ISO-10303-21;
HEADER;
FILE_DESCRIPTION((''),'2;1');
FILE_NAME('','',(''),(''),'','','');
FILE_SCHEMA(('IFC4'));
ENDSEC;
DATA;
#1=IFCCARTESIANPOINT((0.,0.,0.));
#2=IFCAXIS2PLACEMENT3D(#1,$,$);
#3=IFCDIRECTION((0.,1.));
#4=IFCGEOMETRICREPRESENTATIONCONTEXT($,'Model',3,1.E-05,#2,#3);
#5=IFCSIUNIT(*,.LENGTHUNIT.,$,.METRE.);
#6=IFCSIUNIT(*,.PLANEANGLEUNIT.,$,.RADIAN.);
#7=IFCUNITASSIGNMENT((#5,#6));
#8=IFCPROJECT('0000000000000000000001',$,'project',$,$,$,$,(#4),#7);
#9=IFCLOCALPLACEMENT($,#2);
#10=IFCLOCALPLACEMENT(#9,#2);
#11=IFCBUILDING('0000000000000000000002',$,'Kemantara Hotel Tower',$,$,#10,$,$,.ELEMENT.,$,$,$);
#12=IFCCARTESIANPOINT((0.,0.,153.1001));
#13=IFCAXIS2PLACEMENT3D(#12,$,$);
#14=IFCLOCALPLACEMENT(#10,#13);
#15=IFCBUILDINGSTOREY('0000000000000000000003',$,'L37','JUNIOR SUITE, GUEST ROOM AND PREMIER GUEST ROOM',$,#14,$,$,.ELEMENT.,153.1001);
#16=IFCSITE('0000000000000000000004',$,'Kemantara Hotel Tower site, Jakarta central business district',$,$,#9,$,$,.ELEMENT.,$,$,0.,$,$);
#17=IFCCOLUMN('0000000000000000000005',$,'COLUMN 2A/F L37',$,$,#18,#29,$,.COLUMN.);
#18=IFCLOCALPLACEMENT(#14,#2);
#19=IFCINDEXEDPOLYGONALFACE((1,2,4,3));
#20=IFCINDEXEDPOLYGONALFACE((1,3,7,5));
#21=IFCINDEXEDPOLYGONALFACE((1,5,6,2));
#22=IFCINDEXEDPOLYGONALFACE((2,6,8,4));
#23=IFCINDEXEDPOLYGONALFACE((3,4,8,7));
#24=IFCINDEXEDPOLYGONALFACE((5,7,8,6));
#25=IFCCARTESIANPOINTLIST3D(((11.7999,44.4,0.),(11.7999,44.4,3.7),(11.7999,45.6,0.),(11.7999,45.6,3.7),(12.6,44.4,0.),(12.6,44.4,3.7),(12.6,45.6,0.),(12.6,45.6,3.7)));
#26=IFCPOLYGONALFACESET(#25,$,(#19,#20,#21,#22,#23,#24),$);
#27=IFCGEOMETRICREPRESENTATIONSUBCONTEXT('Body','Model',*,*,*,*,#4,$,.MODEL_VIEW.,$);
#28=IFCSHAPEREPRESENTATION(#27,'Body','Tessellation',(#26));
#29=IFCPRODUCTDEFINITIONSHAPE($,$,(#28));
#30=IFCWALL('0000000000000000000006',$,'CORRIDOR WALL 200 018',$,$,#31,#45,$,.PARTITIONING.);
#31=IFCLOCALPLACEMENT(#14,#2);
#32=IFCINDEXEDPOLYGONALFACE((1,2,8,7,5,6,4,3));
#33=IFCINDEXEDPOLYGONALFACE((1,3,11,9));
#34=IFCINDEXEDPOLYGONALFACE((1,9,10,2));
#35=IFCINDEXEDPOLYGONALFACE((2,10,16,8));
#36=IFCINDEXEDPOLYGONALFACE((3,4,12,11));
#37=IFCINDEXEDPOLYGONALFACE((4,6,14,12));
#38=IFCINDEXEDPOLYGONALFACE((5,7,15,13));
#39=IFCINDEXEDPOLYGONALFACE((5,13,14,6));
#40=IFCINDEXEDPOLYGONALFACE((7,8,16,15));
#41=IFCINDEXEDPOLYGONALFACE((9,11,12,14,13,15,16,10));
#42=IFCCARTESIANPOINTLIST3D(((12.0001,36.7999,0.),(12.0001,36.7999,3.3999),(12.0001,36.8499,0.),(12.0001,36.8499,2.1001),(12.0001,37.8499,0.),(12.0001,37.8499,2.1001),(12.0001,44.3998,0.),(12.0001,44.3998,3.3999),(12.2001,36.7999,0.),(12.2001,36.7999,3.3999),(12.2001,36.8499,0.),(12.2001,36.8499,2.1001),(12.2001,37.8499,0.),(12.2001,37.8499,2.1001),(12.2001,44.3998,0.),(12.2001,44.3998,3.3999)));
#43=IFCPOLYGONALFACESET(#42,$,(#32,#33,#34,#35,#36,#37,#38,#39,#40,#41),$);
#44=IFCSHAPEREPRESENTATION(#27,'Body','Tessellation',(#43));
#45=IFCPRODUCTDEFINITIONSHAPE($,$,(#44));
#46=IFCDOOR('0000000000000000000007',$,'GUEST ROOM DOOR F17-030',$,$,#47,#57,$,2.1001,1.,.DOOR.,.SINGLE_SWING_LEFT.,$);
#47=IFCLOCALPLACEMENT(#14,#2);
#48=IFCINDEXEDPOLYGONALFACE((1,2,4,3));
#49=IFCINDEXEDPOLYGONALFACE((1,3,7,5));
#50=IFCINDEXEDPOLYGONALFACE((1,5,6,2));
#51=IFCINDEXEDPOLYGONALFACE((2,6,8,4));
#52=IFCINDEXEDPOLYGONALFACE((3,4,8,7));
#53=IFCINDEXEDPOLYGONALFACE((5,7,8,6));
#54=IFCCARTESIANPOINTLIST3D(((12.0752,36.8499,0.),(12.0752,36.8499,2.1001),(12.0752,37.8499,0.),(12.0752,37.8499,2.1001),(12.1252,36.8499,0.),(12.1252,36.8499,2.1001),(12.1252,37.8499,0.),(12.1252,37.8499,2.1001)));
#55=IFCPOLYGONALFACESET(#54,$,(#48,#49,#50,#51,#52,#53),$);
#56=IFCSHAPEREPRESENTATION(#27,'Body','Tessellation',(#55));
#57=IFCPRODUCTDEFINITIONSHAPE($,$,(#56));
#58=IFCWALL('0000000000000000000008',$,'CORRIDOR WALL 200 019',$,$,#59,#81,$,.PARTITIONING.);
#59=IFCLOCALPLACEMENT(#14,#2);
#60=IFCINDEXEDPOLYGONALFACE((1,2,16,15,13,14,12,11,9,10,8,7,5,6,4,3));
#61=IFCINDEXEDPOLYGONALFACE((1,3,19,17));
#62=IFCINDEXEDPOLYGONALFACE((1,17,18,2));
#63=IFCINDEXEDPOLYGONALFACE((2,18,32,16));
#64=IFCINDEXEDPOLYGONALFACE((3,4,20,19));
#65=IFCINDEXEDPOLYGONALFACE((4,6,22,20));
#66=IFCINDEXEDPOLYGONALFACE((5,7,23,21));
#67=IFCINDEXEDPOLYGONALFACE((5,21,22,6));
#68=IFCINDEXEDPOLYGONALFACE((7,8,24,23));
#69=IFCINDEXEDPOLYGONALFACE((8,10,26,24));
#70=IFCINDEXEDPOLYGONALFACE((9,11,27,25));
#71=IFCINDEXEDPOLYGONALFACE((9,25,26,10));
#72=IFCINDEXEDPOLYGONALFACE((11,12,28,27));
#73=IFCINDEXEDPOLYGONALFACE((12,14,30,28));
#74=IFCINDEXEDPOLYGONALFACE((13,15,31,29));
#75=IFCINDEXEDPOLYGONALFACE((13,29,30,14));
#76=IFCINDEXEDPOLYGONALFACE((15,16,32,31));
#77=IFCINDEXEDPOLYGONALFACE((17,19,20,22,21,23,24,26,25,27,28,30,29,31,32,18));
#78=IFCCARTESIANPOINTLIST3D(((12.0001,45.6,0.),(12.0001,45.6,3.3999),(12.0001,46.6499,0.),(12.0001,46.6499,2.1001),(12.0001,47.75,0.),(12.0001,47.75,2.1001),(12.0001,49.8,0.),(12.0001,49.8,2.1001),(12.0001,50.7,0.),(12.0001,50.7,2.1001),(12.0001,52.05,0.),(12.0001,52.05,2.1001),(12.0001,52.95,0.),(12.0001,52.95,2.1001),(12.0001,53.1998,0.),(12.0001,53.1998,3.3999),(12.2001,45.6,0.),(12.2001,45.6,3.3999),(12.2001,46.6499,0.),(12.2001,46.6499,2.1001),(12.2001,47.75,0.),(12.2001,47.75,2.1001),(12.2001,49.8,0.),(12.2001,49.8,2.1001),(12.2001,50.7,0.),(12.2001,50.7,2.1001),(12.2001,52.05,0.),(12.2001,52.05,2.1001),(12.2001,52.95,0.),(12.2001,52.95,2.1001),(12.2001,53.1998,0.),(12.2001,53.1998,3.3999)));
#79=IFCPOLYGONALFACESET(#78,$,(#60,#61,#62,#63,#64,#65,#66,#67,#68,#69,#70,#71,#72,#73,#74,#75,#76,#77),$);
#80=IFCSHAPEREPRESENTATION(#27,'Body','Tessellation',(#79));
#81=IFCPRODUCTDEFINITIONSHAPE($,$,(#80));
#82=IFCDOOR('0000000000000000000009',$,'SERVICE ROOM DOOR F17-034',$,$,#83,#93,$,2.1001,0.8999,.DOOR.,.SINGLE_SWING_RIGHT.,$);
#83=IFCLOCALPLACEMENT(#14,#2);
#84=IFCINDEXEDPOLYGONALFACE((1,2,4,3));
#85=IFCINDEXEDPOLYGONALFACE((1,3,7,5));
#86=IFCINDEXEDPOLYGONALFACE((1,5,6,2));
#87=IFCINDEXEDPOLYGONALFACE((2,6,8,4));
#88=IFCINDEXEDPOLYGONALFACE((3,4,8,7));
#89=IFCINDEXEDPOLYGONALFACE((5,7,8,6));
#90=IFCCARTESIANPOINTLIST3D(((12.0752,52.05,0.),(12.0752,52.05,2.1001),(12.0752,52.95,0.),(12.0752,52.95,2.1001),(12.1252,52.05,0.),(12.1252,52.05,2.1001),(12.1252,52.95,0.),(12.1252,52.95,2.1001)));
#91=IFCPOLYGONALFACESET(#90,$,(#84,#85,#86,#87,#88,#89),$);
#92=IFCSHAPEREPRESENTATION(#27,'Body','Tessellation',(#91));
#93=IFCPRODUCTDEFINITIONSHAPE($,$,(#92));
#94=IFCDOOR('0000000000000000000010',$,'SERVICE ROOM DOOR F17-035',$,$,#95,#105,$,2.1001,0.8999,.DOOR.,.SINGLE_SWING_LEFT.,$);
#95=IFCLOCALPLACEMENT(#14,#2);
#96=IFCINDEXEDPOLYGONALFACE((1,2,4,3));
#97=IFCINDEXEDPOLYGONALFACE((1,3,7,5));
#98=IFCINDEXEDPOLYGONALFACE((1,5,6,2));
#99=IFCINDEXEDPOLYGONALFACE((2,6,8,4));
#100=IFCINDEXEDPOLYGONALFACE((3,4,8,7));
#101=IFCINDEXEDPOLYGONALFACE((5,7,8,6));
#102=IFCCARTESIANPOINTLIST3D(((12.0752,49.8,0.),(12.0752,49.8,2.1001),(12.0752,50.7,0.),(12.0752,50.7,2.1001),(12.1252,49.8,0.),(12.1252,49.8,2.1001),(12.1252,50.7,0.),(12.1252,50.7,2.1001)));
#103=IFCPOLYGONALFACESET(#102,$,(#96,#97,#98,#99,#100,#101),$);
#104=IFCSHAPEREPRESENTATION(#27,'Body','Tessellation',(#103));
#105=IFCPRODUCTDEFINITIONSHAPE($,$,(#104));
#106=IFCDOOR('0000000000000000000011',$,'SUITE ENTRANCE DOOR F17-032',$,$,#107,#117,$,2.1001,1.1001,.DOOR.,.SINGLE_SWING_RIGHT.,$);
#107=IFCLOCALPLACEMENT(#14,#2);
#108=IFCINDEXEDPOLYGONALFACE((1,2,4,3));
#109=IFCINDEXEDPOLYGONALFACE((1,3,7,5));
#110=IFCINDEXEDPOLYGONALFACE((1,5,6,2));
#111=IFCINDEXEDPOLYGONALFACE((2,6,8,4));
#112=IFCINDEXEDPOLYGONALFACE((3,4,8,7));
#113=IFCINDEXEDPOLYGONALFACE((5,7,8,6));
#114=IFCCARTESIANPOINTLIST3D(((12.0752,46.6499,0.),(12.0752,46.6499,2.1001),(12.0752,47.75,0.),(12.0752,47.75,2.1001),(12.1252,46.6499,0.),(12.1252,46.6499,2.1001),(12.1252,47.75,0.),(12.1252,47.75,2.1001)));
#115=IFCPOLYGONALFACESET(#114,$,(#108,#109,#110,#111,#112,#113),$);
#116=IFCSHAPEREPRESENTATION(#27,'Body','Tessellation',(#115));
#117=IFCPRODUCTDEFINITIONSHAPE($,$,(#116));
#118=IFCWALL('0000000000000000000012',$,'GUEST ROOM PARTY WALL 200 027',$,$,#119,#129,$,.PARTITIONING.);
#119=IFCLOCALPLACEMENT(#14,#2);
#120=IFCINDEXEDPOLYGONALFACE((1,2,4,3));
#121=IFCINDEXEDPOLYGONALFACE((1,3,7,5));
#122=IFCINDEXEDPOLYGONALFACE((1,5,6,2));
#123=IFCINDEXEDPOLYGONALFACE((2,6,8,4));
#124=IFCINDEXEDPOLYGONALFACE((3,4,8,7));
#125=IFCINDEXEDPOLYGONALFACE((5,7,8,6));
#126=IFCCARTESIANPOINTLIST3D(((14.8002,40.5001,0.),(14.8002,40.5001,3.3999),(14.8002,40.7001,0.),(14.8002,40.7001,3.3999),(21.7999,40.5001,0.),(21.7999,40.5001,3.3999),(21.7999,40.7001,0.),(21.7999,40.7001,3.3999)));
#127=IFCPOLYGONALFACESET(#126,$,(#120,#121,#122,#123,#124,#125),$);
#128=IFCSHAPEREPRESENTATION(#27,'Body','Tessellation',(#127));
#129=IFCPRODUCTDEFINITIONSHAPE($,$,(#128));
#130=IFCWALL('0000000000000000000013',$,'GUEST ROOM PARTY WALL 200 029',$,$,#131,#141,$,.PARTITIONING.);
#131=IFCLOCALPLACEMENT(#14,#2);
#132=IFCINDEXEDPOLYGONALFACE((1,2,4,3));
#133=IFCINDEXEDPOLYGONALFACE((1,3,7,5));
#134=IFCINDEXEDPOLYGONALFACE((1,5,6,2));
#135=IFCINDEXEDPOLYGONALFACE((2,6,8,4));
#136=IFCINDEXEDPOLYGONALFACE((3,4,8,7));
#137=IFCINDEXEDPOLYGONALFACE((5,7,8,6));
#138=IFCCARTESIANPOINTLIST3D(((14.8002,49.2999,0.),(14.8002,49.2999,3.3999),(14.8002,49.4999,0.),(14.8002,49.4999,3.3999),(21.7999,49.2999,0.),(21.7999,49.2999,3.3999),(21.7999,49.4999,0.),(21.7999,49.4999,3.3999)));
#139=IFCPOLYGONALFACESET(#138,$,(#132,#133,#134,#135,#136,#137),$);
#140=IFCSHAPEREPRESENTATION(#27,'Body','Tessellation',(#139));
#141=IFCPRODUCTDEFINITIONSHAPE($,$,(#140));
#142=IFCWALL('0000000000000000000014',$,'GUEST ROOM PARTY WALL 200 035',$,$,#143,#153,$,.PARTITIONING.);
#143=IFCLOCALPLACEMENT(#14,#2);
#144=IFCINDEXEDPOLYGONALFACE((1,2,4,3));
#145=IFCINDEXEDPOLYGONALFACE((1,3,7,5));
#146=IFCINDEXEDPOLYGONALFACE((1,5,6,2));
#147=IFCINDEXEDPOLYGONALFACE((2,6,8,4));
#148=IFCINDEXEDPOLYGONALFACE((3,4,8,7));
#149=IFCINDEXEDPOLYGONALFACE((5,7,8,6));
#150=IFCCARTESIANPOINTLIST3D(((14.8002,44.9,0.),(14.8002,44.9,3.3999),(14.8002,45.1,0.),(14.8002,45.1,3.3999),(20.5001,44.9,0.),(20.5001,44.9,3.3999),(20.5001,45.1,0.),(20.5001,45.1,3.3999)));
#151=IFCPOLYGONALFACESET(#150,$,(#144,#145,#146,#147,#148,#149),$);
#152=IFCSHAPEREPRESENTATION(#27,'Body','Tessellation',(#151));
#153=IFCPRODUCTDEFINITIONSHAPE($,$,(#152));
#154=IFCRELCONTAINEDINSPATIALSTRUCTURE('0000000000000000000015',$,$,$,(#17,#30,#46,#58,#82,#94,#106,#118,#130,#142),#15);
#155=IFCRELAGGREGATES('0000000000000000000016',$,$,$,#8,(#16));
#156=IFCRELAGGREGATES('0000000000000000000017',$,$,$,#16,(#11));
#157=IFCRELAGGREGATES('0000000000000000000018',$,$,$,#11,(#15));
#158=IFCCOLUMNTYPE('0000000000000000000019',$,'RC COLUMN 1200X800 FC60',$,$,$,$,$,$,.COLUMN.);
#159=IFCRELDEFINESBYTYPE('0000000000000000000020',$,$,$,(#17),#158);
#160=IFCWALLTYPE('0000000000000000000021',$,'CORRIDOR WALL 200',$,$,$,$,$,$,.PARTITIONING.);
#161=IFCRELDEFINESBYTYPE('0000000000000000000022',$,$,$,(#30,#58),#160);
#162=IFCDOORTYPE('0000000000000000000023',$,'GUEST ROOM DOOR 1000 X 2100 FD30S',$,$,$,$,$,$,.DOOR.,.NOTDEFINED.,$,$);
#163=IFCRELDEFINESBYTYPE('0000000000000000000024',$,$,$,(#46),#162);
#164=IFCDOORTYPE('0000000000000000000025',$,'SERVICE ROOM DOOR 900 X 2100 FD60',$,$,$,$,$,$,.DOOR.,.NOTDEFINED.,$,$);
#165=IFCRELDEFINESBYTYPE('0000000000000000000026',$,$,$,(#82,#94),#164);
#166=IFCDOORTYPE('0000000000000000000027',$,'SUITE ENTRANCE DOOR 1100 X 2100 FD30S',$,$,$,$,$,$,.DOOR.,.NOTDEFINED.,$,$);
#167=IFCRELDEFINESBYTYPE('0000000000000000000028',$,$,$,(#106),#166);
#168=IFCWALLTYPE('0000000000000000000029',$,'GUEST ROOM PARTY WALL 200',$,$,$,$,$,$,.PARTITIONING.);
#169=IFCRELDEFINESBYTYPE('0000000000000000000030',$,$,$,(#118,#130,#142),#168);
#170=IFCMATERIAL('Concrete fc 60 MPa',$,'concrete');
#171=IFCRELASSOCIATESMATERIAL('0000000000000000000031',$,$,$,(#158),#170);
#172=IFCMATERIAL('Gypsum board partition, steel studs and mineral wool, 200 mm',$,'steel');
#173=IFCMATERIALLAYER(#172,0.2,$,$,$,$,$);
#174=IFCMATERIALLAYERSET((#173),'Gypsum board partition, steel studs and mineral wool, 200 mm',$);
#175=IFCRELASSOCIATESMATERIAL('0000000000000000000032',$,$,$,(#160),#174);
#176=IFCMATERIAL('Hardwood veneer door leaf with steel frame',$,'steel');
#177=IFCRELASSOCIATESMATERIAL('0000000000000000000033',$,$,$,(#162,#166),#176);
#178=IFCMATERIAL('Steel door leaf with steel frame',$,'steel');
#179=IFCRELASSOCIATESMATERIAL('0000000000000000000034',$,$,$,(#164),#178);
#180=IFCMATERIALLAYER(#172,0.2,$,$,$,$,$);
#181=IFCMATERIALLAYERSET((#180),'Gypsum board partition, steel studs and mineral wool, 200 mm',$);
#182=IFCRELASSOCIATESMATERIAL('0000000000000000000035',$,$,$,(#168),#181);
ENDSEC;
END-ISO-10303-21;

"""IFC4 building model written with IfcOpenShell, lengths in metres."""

from ifc_helpers import new_model, si_unit, direction, frame, frame_2d, origin, origin_2d, place, context, subcontext, project, spatial, rectangle, extrude, material, layer, layer_set, material_profile, profile_set, type_object, element, fill, save


model = new_model("IFC4")

# Units and contexts
model_context = context("Model", 3, precision=1e-05, world=origin(), true_north=direction((0.0, 1.0)))
body_context = subcontext(model_context, "Body", "Model", "MODEL_VIEW")
ifc_project = project(units=[si_unit("LENGTHUNIT", "METRE"), si_unit("PLANEANGLEUNIT", "RADIAN")], contexts=[model_context])

# Site, building, storey
site_placement = place(None, origin())
site = spatial("IfcSite", under=ifc_project, at=site_placement, Name="Kemantara Hotel Tower site, Jakarta central business district", CompositionType="ELEMENT", RefElevation=0.0)
building_placement = place(site_placement, origin())
building = spatial("IfcBuilding", under=site, at=building_placement, Name="Kemantara Hotel Tower", CompositionType="ELEMENT")
storey_placement = place(building_placement, frame((0.0, 0.0, 153.1001)))
storey = spatial("IfcBuildingStorey", under=building, at=storey_placement, Name="L37", Description="JUNIOR SUITE, GUEST ROOM AND PREMIER GUEST ROOM", CompositionType="ELEMENT", Elevation=153.1001)

# Column
ifc_material_1 = material(Name="Concrete fc 60 MPa", Category="concrete")
ifc_material_profile = material_profile(ifc_material_1, rectangle(XDim=1.2, YDim=0.8, at=origin_2d()), Name="RC 1200X800")
ifc_profile_set = profile_set([ifc_material_profile], Name="Concrete fc 60 MPa")
column_type = type_object("IfcColumnType", Name="RC COLUMN 1200X800 FC60", PredefinedType="COLUMN", material=ifc_profile_set)
column_placement = place(storey_placement, frame((12.2, 45.0, 0.0), z_axis=(0.0, 0.0, 1.0), x_axis=(0.0, 1.0, 0.0)))
element("IfcColumn", 1, at=column_placement, inside=storey, type_object=column_type, Name="COLUMN 2A/F L37", PredefinedType="COLUMN", context=body_context, shape_type="SweptSolid", body=[
    extrude(rectangle(XDim=1.2, YDim=0.8, at=origin_2d()), origin(), (0.0, 0.0, 1.0), 3.7),
])

# Wall, opening, door
ifc_material_2 = material(Name="Gypsum board partition, steel studs and mineral wool, 200 mm", Category="steel")
ifc_layer_1 = layer(ifc_material_2, 0.2)
ifc_layer_set_1 = layer_set([ifc_layer_1], Name="Gypsum board partition, steel studs and mineral wool, 200 mm")
wall_type_1 = type_object("IfcWallType", Name="CORRIDOR WALL 200", PredefinedType="PARTITIONING", material=ifc_layer_set_1)
wall_1_placement = place(storey_placement, frame((12.1001, 36.8, 0.0), z_axis=(0.0, 0.0, 1.0), x_axis=(0.0, 1.0, 0.0)))
wall_1 = element("IfcWall", 2, at=wall_1_placement, inside=storey, type_object=wall_type_1, Name="CORRIDOR WALL 200 018", PredefinedType="PARTITIONING", context=body_context, shape_type="SweptSolid", body=[
    extrude(rectangle(XDim=7.5999, YDim=0.2, at=frame_2d((3.7998, 0.0))), origin(), (0.0, 0.0, 1.0), 3.3999),
])
opening_1_placement = place(wall_1_placement, frame((0.0498, 0.0, 0.0)))
opening_1 = element("IfcOpeningElement", 3, at=opening_1_placement, cuts=wall_1, PredefinedType="OPENING", context=body_context, shape_type="SweptSolid", body=[
    extrude(rectangle(XDim=1.0, YDim=2.1001, at=frame_2d((0.5, 1.05))), frame((0.0, 0.1099, 0.0), z_axis=(0.0, -1.0, 0.0), x_axis=(1.0, 0.0, 0.0)), (0.0, 0.0, 1.0), 0.22),
])
ifc_material_3 = material(Name="Hardwood veneer door leaf with steel frame", Category="steel")
door_type_1 = type_object("IfcDoorType", Name="GUEST ROOM DOOR 1000 X 2100 FD30S", OperationType="NOTDEFINED", PredefinedType="DOOR", material=ifc_material_3)
door_1_placement = place(opening_1_placement, origin())
door_1 = element("IfcDoor", 4, at=door_1_placement, inside=storey, type_object=door_type_1, Name="GUEST ROOM DOOR F17-030", OperationType="SINGLE_SWING_LEFT", OverallHeight=2.1001, OverallWidth=1.0, PredefinedType="DOOR", context=body_context, shape_type="SweptSolid", body=[
    extrude(rectangle(XDim=1.0, YDim=2.1001, at=frame_2d((0.5, 1.05))), frame((0.0, 0.0249, 0.0), z_axis=(0.0, -1.0, 0.0), x_axis=(1.0, 0.0, 0.0)), (0.0, 0.0, 1.0), 0.05),
])
fill(opening_1, door_1)

# Wall, openings, doors
wall_2_placement = place(storey_placement, frame((12.1001, 45.6001, 0.0), z_axis=(0.0, 0.0, 1.0), x_axis=(0.0, 1.0, 0.0)))
wall_2 = element("IfcWall", 5, at=wall_2_placement, inside=storey, type_object=wall_type_1, Name="CORRIDOR WALL 200 019", PredefinedType="PARTITIONING", context=body_context, shape_type="SweptSolid", body=[
    extrude(rectangle(XDim=7.5999, YDim=0.2, at=frame_2d((3.7998, 0.0))), origin(), (0.0, 0.0, 1.0), 3.3999),
])
opening_2_placement = place(wall_2_placement, frame((1.0498, 0.0, 0.0)))
opening_2 = element("IfcOpeningElement", 6, at=opening_2_placement, cuts=wall_2, PredefinedType="OPENING", context=body_context, shape_type="SweptSolid", body=[
    extrude(rectangle(XDim=1.1001, YDim=2.1001, at=frame_2d((0.55, 1.05))), frame((0.0, 0.1099, 0.0), z_axis=(0.0, -1.0, 0.0), x_axis=(1.0, 0.0, 0.0)), (0.0, 0.0, 1.0), 0.22),
])
opening_3_placement = place(wall_2_placement, frame((6.45, 0.0, 0.0)))
opening_3 = element("IfcOpeningElement", 7, at=opening_3_placement, cuts=wall_2, PredefinedType="OPENING", context=body_context, shape_type="SweptSolid", body=[
    extrude(rectangle(XDim=0.8999, YDim=2.1001, at=frame_2d((0.45, 1.05))), frame((0.0, 0.1099, 0.0), z_axis=(0.0, -1.0, 0.0), x_axis=(1.0, 0.0, 0.0)), (0.0, 0.0, 1.0), 0.22),
])
opening_4_placement = place(wall_2_placement, frame((4.2, 0.0, 0.0)))
opening_4 = element("IfcOpeningElement", 8, at=opening_4_placement, cuts=wall_2, PredefinedType="OPENING", context=body_context, shape_type="SweptSolid", body=[
    extrude(rectangle(XDim=0.8999, YDim=2.1001, at=frame_2d((0.45, 1.05))), frame((0.0, 0.1099, 0.0), z_axis=(0.0, -1.0, 0.0), x_axis=(1.0, 0.0, 0.0)), (0.0, 0.0, 1.0), 0.22),
])
ifc_material_4 = material(Name="Steel door leaf with steel frame", Category="steel")
door_type_2 = type_object("IfcDoorType", Name="SERVICE ROOM DOOR 900 X 2100 FD60", OperationType="NOTDEFINED", PredefinedType="DOOR", material=ifc_material_4)
door_2_placement = place(opening_3_placement, origin())
door_2 = element("IfcDoor", 9, at=door_2_placement, inside=storey, type_object=door_type_2, Name="SERVICE ROOM DOOR F17-034", OperationType="SINGLE_SWING_RIGHT", OverallHeight=2.1001, OverallWidth=0.8999, PredefinedType="DOOR", context=body_context, shape_type="SweptSolid", body=[
    extrude(rectangle(XDim=0.8999, YDim=2.1001, at=frame_2d((0.45, 1.05))), frame((0.0, 0.0249, 0.0), z_axis=(0.0, -1.0, 0.0), x_axis=(1.0, 0.0, 0.0)), (0.0, 0.0, 1.0), 0.05),
])
fill(opening_3, door_2)
door_3_placement = place(opening_4_placement, origin())
door_3 = element("IfcDoor", 10, at=door_3_placement, inside=storey, type_object=door_type_2, Name="SERVICE ROOM DOOR F17-035", OperationType="SINGLE_SWING_LEFT", OverallHeight=2.1001, OverallWidth=0.8999, PredefinedType="DOOR", context=body_context, shape_type="SweptSolid", body=[
    extrude(rectangle(XDim=0.8999, YDim=2.1001, at=frame_2d((0.45, 1.05))), frame((0.0, 0.0249, 0.0), z_axis=(0.0, -1.0, 0.0), x_axis=(1.0, 0.0, 0.0)), (0.0, 0.0, 1.0), 0.05),
])
fill(opening_4, door_3)
door_type_3 = type_object("IfcDoorType", Name="SUITE ENTRANCE DOOR 1100 X 2100 FD30S", OperationType="NOTDEFINED", PredefinedType="DOOR", material=ifc_material_3)
door_4_placement = place(opening_2_placement, origin())
door_4 = element("IfcDoor", 11, at=door_4_placement, inside=storey, type_object=door_type_3, Name="SUITE ENTRANCE DOOR F17-032", OperationType="SINGLE_SWING_RIGHT", OverallHeight=2.1001, OverallWidth=1.1001, PredefinedType="DOOR", context=body_context, shape_type="SweptSolid", body=[
    extrude(rectangle(XDim=1.1001, YDim=2.1001, at=frame_2d((0.55, 1.05))), frame((0.0, 0.0249, 0.0), z_axis=(0.0, -1.0, 0.0), x_axis=(1.0, 0.0, 0.0)), (0.0, 0.0, 1.0), 0.05),
])
fill(opening_2, door_4)

# Walls
ifc_layer_2 = layer(ifc_material_2, 0.2)
ifc_layer_set_2 = layer_set([ifc_layer_2], Name="Gypsum board partition, steel studs and mineral wool, 200 mm")
wall_type_2 = type_object("IfcWallType", Name="GUEST ROOM PARTY WALL 200", PredefinedType="PARTITIONING", material=ifc_layer_set_2)
for number, where, z_axis, x_axis, name in (
    (12, (14.8, 40.6001, 0.0), (0.0, 0.0, 1.0), (1.0, 0.0, 0.0), "GUEST ROOM PARTY WALL 200 027"),
    (13, (14.8, 49.3999, 0.0), (0.0, 0.0, 1.0), (1.0, 0.0, 0.0), "GUEST ROOM PARTY WALL 200 029"),
):
    element("IfcWall", number, at=place(storey_placement, frame(where, z_axis=z_axis, x_axis=x_axis)), inside=storey, type_object=wall_type_2, Name=name, PredefinedType="PARTITIONING", context=body_context, shape_type="SweptSolid", body=[
        extrude(rectangle(XDim=6.9998, YDim=0.2, at=frame_2d((3.5, 0.0))), origin(), (0.0, 0.0, 1.0), 3.3999),
    ])
wall_3_placement = place(storey_placement, frame((14.8, 45.0, 0.0), z_axis=(0.0, 0.0, 1.0), x_axis=(1.0, 0.0, 0.0)))
element("IfcWall", 14, at=wall_3_placement, inside=storey, type_object=wall_type_2, Name="GUEST ROOM PARTY WALL 200 035", PredefinedType="PARTITIONING", context=body_context, shape_type="SweptSolid", body=[
    extrude(rectangle(XDim=5.7, YDim=0.2, at=frame_2d((2.8501, 0.0))), origin(), (0.0, 0.0, 1.0), 3.3999),
])

save(model, "model.ifc")
